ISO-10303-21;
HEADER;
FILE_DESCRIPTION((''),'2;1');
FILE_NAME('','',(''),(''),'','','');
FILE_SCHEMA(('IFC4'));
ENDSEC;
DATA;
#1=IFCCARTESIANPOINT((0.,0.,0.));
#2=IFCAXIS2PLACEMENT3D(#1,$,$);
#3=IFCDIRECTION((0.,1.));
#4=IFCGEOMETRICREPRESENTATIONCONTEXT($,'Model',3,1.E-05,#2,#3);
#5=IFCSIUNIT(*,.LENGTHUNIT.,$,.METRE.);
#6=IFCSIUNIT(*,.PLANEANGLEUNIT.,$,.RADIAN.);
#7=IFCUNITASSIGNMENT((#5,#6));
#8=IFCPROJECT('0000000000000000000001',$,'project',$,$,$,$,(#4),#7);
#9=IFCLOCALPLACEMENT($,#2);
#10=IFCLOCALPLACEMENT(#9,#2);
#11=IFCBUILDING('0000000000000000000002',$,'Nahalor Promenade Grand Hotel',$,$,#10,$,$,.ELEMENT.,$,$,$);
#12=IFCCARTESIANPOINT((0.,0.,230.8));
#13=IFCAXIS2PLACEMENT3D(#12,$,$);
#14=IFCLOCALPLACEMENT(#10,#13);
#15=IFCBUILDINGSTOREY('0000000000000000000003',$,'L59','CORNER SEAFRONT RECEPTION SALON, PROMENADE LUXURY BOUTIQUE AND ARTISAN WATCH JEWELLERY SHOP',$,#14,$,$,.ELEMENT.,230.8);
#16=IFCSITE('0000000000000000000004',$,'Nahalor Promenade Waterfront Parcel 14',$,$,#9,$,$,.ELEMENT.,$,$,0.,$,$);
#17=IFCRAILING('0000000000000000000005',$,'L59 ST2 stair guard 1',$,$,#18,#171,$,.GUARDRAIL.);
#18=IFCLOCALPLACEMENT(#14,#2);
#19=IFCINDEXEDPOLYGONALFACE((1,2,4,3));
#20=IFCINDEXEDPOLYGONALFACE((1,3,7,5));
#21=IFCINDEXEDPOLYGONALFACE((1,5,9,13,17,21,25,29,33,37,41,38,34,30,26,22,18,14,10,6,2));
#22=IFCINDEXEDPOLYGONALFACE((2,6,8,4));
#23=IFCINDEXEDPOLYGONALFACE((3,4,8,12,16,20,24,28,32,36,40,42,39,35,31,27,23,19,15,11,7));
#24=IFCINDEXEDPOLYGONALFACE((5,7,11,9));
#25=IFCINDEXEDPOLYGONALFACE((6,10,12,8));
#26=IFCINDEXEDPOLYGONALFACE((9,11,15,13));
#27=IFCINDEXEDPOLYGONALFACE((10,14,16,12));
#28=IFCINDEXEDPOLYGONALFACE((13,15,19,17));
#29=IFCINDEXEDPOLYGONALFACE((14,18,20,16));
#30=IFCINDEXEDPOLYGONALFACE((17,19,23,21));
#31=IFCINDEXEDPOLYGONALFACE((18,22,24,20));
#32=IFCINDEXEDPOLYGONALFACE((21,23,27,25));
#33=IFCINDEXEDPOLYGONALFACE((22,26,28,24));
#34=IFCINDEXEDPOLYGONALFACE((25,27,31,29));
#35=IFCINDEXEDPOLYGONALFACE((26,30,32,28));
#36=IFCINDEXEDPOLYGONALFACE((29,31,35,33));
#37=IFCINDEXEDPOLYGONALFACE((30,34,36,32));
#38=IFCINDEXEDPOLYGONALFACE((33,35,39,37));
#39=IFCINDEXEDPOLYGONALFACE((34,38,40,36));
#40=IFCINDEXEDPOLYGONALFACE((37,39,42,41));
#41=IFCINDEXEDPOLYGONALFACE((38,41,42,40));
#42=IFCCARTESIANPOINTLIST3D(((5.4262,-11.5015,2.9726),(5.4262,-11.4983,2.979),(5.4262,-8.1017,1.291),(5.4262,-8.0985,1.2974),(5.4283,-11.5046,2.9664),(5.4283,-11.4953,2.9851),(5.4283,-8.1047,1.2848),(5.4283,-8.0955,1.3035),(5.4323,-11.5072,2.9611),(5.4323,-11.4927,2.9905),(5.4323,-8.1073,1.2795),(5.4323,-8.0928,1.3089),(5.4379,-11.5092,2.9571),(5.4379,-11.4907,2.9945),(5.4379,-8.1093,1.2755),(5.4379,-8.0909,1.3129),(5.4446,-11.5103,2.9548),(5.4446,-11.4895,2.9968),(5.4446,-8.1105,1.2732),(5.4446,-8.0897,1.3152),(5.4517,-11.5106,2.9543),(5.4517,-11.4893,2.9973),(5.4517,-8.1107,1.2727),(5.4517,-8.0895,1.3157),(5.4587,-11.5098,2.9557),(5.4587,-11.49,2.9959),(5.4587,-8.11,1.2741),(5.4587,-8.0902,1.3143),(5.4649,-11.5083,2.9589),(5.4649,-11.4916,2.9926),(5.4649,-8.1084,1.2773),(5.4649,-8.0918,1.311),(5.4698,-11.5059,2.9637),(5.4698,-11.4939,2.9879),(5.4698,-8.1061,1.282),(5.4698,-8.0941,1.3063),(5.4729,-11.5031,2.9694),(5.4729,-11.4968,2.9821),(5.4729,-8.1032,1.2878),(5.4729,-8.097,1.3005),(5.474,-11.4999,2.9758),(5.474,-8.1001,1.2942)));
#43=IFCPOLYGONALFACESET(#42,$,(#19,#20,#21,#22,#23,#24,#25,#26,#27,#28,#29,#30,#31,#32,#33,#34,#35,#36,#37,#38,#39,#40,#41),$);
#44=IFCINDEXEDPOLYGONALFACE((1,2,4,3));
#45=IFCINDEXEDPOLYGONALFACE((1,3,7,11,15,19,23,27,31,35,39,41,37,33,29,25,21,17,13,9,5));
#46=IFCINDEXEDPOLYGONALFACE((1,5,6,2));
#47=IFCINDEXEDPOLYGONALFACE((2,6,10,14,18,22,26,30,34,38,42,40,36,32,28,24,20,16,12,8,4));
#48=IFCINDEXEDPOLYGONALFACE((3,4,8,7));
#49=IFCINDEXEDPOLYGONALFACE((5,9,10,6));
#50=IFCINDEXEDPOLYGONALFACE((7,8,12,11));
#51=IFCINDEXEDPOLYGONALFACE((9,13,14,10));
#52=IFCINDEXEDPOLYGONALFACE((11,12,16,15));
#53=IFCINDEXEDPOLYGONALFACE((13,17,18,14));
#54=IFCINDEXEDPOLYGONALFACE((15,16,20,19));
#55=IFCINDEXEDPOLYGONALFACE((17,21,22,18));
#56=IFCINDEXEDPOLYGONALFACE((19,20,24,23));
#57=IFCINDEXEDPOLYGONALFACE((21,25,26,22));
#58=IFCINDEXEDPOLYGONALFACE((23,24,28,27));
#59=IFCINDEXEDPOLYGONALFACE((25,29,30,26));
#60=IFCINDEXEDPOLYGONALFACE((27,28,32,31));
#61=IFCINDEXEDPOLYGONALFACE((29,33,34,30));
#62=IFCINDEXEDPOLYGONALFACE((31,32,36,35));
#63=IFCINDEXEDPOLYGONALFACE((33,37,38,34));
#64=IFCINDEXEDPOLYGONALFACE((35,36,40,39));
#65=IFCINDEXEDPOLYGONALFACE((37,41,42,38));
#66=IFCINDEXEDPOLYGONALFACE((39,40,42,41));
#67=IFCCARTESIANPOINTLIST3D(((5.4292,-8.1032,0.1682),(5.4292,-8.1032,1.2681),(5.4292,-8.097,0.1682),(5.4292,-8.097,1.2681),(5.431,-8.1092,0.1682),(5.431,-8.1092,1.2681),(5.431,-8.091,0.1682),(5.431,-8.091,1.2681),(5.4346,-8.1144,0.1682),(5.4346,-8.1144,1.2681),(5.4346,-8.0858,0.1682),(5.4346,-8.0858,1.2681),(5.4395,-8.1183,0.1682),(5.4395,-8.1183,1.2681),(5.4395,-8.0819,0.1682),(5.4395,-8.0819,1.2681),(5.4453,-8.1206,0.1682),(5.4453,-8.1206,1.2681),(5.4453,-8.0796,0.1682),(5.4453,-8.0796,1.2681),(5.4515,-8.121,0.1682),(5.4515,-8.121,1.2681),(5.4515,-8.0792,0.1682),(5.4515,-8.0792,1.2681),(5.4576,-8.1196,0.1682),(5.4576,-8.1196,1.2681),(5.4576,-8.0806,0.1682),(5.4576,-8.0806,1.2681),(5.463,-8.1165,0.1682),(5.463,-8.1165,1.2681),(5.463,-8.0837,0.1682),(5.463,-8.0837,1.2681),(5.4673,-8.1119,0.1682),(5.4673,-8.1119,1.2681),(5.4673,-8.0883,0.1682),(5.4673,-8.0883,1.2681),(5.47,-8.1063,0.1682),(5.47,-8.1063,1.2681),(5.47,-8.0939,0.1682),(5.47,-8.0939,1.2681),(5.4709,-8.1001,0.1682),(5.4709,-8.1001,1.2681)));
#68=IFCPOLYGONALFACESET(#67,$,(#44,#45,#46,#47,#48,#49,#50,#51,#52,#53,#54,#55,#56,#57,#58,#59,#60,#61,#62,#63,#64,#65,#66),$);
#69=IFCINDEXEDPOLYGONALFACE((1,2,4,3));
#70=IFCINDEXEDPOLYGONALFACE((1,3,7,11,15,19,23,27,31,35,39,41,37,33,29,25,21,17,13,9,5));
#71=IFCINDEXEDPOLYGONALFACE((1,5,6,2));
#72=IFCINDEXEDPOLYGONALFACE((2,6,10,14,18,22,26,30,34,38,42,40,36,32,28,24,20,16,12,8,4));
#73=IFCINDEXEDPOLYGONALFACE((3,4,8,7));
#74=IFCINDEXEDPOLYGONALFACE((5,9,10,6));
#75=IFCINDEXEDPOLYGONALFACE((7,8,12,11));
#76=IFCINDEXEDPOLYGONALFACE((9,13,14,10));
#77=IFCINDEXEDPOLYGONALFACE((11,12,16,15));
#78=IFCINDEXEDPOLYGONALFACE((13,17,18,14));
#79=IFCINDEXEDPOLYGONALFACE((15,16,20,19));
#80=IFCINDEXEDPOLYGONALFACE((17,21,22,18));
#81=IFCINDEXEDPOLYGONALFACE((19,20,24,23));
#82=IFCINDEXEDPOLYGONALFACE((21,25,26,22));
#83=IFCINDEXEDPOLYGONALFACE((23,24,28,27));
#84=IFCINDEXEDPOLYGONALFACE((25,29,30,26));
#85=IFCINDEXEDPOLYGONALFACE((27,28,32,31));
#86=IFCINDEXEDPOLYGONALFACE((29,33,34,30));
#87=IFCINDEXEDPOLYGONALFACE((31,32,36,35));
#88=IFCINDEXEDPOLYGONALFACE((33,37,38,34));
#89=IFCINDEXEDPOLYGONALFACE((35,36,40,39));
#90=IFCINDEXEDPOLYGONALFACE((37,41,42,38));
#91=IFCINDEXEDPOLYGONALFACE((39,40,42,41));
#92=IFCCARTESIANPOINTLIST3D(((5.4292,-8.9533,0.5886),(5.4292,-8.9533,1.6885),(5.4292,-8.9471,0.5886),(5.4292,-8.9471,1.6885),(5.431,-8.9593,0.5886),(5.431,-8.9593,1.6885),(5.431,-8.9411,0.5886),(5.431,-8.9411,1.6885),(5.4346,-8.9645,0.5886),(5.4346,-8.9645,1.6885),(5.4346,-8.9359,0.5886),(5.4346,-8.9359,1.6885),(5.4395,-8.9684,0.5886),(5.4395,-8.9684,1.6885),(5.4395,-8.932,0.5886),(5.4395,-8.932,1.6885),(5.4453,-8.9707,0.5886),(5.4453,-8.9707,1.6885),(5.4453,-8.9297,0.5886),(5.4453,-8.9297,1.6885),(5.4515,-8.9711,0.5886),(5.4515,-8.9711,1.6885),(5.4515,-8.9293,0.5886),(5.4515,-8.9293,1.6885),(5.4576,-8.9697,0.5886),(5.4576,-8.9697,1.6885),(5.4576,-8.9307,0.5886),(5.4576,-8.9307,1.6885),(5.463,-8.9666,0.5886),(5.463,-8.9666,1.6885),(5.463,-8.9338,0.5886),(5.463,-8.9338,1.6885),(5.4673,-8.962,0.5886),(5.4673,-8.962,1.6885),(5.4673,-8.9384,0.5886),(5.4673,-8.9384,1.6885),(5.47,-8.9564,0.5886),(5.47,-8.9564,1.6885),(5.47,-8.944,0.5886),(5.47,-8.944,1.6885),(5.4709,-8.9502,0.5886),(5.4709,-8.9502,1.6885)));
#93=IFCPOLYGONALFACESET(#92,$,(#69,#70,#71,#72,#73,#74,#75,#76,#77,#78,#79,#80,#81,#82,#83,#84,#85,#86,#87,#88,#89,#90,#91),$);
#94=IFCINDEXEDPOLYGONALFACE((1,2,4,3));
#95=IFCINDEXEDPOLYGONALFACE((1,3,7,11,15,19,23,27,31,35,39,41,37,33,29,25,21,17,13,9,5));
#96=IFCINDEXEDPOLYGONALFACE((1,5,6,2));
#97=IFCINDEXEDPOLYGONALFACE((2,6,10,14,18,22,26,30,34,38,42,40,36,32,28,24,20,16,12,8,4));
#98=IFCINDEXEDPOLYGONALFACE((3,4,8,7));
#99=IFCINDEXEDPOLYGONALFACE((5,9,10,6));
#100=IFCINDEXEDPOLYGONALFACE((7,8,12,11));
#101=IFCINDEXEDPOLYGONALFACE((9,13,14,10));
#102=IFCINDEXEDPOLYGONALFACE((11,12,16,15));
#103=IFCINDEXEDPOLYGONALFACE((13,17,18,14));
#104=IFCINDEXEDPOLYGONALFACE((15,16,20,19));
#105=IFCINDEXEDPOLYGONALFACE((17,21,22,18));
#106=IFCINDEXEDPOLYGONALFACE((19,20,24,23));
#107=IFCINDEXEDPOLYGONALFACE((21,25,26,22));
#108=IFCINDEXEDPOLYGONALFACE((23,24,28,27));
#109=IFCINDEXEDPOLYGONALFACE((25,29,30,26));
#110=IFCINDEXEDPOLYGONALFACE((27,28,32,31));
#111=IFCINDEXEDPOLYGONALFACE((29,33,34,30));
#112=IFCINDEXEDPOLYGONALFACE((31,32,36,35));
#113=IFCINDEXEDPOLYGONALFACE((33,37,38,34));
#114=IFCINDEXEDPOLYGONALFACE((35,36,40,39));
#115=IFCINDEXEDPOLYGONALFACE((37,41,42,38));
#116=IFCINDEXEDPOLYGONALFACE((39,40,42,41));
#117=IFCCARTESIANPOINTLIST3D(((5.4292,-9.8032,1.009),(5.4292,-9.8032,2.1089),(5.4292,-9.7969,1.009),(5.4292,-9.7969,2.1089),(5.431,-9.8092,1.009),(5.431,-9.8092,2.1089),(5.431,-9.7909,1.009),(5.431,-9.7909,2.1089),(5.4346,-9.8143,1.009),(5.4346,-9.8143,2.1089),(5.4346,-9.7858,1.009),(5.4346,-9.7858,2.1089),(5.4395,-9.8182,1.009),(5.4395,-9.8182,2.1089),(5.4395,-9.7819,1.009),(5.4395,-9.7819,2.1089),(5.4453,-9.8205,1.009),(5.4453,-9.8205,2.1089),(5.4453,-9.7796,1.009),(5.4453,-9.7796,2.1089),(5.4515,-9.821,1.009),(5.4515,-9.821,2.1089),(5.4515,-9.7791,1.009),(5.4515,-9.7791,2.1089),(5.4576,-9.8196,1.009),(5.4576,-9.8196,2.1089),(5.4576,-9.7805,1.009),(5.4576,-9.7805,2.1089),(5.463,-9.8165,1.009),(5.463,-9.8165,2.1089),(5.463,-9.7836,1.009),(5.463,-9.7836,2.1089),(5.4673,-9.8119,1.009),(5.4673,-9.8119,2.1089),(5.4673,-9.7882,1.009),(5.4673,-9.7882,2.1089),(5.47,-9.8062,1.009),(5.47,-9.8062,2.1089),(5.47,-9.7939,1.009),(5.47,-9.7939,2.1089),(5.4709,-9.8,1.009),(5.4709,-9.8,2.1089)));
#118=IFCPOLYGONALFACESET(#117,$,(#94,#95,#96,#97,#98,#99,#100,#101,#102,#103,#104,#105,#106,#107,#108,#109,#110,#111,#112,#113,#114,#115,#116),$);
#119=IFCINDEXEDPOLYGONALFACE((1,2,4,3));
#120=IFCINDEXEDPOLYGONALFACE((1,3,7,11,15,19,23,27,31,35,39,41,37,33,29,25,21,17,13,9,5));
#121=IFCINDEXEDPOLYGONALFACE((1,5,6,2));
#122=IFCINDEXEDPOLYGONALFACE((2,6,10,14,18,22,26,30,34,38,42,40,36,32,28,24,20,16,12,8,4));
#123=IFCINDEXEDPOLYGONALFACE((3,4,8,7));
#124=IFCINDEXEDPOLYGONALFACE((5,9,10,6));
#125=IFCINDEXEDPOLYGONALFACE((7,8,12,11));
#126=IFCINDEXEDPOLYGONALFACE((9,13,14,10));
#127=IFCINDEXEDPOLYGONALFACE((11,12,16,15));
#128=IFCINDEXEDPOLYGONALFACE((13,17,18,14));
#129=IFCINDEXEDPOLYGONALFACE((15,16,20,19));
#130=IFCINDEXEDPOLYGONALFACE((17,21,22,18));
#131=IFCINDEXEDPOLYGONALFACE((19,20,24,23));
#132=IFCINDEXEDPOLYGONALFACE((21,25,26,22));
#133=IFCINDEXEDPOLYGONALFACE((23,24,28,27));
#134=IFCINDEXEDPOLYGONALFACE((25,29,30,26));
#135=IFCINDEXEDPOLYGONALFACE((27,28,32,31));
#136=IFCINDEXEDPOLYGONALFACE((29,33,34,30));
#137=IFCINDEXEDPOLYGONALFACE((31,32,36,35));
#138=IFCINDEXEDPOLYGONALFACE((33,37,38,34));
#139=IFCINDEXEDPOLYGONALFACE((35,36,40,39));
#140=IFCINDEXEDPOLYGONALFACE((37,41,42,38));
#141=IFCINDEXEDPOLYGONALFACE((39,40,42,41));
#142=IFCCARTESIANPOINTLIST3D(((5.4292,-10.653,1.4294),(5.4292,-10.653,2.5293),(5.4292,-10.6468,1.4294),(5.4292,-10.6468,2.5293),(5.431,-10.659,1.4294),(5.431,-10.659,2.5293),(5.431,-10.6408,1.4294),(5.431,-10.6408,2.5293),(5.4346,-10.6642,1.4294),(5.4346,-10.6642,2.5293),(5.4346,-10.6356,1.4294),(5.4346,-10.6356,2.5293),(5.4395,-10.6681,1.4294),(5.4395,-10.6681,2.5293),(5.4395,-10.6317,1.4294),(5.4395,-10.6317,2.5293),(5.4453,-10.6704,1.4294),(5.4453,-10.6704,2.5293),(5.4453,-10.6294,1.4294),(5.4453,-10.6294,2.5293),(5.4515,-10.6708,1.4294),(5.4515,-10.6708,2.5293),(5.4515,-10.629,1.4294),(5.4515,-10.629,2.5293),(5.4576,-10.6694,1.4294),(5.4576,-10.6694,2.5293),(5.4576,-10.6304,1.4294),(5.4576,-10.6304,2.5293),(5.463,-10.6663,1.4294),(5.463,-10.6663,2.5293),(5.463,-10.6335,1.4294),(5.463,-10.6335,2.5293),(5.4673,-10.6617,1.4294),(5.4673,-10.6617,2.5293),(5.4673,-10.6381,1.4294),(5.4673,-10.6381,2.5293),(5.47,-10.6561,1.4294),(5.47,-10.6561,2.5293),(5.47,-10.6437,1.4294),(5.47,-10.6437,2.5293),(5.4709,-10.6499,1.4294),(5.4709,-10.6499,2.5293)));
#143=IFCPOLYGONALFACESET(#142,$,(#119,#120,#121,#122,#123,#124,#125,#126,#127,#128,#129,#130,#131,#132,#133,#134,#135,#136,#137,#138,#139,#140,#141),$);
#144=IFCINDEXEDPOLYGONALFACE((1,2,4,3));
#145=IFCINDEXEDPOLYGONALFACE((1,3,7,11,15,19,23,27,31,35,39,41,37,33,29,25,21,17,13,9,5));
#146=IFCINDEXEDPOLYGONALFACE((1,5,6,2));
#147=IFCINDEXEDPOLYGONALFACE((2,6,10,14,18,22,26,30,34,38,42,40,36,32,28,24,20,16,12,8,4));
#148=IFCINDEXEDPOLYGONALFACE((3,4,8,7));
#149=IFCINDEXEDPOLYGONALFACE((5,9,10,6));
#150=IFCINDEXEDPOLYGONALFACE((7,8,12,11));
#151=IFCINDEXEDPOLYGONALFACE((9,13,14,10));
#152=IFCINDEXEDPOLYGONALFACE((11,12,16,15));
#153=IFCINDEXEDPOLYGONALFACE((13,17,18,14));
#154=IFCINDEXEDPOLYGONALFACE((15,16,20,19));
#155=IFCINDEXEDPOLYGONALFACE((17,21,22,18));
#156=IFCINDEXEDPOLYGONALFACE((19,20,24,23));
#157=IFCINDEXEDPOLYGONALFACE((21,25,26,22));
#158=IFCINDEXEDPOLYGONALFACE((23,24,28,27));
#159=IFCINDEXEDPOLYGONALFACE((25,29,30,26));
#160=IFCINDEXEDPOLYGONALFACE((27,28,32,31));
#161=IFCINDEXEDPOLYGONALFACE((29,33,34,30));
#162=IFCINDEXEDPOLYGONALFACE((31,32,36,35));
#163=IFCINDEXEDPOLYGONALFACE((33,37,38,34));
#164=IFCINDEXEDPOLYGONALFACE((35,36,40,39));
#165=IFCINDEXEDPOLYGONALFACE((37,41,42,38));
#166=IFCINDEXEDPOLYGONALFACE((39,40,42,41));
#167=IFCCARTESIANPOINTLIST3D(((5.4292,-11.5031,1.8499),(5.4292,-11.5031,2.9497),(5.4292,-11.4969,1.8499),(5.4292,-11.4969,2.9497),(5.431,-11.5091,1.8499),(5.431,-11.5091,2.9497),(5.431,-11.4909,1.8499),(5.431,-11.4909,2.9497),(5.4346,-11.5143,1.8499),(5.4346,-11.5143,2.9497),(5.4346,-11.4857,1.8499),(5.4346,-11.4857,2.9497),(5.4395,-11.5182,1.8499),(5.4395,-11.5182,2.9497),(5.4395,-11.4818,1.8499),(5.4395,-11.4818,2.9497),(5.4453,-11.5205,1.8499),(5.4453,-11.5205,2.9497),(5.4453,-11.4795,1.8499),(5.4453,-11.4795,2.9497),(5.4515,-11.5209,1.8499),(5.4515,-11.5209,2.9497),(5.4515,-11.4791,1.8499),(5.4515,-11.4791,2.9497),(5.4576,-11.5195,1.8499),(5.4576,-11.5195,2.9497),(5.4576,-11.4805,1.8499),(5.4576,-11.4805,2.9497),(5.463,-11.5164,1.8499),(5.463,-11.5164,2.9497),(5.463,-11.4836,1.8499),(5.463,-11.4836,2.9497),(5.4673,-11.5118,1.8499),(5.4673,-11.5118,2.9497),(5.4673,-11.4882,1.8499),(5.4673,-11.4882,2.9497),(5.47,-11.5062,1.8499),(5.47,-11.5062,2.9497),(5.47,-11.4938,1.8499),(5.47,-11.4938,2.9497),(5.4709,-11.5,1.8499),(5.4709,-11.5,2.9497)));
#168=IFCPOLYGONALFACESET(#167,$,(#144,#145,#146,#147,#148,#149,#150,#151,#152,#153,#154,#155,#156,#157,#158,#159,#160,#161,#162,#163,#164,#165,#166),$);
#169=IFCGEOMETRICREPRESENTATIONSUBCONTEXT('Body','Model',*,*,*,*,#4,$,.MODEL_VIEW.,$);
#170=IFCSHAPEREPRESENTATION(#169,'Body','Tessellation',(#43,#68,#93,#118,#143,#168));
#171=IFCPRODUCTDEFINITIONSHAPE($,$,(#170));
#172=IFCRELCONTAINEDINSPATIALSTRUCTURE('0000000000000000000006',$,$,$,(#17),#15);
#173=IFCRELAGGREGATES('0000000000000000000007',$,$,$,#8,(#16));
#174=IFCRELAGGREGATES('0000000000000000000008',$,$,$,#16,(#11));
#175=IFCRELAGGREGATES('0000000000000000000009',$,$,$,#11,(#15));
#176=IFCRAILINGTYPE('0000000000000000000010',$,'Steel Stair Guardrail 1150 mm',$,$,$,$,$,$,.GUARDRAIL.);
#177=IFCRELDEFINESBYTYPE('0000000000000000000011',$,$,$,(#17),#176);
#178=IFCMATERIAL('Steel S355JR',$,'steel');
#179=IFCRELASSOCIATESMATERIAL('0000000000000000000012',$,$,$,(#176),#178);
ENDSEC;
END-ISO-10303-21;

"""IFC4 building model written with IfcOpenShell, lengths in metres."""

from ifc_helpers import new_model, si_unit, direction, frame, origin, origin_2d, place, context, subcontext, project, spatial, circle, extrude, material, type_object, element, save


model = new_model("IFC4")

# Units and contexts
model_context = context("Model", 3, precision=1e-05, world=origin(), true_north=direction((0.0, 1.0)))
body_context = subcontext(model_context, "Body", "Model", "MODEL_VIEW")
ifc_project = project(units=[si_unit("LENGTHUNIT", "METRE"), si_unit("PLANEANGLEUNIT", "RADIAN")], contexts=[model_context])

# Site, building, storey
site_placement = place(None, origin())
site = spatial("IfcSite", under=ifc_project, at=site_placement, Name="Nahalor Promenade Waterfront Parcel 14", CompositionType="ELEMENT", RefElevation=0.0)
building_placement = place(site_placement, origin())
building = spatial("IfcBuilding", under=site, at=building_placement, Name="Nahalor Promenade Grand Hotel", CompositionType="ELEMENT")
storey_placement = place(building_placement, frame((0.0, 0.0, 230.8)))
storey = spatial("IfcBuildingStorey", under=building, at=storey_placement, Name="L59", Description="CORNER SEAFRONT RECEPTION SALON, PROMENADE LUXURY BOUTIQUE AND ARTISAN WATCH JEWELLERY SHOP", CompositionType="ELEMENT", Elevation=230.8)

# Shared definitions
ifc_material_1 = material(Name="Steel S355JR", Category="steel")

# Railing
railing_type_1 = type_object("IfcRailingType", Name="Steel Stair Guardrail 1150 mm", PredefinedType="GUARDRAIL", material=ifc_material_1)
railing_1_placement = place(storey_placement, frame((5.45, -8.1001, 0.1682)))
element("IfcRailing", 1, at=railing_1_placement, inside=storey, type_object=railing_type_1, Name="L59 ST2 stair guard 1", PredefinedType="GUARDRAIL", context=body_context, shape_type="SweptSolid", body=[
    extrude(circle(Radius=0.024, at=origin_2d()), frame((0.0, 0.0, 1.126), z_axis=(0.0, -0.89635, 0.443348), x_axis=(1.0, 0.0, 0.0)), (0.0, 0.0, 1.0), 3.793),
    extrude(circle(Radius=0.021, at=origin_2d()), origin(), (0.0, 0.0, 1.0), 1.0999),
    extrude(circle(Radius=0.021, at=origin_2d()), frame((0.0, -0.8501, 0.4204)), (0.0, 0.0, 1.0), 1.0999),
    extrude(circle(Radius=0.021, at=origin_2d()), frame((0.0, -1.7, 0.8408)), (0.0, 0.0, 1.0), 1.0999),
    extrude(circle(Radius=0.021, at=origin_2d()), frame((0.0, -2.5498, 1.2612)), (0.0, 0.0, 1.0), 1.0999),
    extrude(circle(Radius=0.021, at=origin_2d()), frame((0.0, -3.3999, 1.6816)), (0.0, 0.0, 1.0), 1.0999),
])

save(model, "model.ifc")
